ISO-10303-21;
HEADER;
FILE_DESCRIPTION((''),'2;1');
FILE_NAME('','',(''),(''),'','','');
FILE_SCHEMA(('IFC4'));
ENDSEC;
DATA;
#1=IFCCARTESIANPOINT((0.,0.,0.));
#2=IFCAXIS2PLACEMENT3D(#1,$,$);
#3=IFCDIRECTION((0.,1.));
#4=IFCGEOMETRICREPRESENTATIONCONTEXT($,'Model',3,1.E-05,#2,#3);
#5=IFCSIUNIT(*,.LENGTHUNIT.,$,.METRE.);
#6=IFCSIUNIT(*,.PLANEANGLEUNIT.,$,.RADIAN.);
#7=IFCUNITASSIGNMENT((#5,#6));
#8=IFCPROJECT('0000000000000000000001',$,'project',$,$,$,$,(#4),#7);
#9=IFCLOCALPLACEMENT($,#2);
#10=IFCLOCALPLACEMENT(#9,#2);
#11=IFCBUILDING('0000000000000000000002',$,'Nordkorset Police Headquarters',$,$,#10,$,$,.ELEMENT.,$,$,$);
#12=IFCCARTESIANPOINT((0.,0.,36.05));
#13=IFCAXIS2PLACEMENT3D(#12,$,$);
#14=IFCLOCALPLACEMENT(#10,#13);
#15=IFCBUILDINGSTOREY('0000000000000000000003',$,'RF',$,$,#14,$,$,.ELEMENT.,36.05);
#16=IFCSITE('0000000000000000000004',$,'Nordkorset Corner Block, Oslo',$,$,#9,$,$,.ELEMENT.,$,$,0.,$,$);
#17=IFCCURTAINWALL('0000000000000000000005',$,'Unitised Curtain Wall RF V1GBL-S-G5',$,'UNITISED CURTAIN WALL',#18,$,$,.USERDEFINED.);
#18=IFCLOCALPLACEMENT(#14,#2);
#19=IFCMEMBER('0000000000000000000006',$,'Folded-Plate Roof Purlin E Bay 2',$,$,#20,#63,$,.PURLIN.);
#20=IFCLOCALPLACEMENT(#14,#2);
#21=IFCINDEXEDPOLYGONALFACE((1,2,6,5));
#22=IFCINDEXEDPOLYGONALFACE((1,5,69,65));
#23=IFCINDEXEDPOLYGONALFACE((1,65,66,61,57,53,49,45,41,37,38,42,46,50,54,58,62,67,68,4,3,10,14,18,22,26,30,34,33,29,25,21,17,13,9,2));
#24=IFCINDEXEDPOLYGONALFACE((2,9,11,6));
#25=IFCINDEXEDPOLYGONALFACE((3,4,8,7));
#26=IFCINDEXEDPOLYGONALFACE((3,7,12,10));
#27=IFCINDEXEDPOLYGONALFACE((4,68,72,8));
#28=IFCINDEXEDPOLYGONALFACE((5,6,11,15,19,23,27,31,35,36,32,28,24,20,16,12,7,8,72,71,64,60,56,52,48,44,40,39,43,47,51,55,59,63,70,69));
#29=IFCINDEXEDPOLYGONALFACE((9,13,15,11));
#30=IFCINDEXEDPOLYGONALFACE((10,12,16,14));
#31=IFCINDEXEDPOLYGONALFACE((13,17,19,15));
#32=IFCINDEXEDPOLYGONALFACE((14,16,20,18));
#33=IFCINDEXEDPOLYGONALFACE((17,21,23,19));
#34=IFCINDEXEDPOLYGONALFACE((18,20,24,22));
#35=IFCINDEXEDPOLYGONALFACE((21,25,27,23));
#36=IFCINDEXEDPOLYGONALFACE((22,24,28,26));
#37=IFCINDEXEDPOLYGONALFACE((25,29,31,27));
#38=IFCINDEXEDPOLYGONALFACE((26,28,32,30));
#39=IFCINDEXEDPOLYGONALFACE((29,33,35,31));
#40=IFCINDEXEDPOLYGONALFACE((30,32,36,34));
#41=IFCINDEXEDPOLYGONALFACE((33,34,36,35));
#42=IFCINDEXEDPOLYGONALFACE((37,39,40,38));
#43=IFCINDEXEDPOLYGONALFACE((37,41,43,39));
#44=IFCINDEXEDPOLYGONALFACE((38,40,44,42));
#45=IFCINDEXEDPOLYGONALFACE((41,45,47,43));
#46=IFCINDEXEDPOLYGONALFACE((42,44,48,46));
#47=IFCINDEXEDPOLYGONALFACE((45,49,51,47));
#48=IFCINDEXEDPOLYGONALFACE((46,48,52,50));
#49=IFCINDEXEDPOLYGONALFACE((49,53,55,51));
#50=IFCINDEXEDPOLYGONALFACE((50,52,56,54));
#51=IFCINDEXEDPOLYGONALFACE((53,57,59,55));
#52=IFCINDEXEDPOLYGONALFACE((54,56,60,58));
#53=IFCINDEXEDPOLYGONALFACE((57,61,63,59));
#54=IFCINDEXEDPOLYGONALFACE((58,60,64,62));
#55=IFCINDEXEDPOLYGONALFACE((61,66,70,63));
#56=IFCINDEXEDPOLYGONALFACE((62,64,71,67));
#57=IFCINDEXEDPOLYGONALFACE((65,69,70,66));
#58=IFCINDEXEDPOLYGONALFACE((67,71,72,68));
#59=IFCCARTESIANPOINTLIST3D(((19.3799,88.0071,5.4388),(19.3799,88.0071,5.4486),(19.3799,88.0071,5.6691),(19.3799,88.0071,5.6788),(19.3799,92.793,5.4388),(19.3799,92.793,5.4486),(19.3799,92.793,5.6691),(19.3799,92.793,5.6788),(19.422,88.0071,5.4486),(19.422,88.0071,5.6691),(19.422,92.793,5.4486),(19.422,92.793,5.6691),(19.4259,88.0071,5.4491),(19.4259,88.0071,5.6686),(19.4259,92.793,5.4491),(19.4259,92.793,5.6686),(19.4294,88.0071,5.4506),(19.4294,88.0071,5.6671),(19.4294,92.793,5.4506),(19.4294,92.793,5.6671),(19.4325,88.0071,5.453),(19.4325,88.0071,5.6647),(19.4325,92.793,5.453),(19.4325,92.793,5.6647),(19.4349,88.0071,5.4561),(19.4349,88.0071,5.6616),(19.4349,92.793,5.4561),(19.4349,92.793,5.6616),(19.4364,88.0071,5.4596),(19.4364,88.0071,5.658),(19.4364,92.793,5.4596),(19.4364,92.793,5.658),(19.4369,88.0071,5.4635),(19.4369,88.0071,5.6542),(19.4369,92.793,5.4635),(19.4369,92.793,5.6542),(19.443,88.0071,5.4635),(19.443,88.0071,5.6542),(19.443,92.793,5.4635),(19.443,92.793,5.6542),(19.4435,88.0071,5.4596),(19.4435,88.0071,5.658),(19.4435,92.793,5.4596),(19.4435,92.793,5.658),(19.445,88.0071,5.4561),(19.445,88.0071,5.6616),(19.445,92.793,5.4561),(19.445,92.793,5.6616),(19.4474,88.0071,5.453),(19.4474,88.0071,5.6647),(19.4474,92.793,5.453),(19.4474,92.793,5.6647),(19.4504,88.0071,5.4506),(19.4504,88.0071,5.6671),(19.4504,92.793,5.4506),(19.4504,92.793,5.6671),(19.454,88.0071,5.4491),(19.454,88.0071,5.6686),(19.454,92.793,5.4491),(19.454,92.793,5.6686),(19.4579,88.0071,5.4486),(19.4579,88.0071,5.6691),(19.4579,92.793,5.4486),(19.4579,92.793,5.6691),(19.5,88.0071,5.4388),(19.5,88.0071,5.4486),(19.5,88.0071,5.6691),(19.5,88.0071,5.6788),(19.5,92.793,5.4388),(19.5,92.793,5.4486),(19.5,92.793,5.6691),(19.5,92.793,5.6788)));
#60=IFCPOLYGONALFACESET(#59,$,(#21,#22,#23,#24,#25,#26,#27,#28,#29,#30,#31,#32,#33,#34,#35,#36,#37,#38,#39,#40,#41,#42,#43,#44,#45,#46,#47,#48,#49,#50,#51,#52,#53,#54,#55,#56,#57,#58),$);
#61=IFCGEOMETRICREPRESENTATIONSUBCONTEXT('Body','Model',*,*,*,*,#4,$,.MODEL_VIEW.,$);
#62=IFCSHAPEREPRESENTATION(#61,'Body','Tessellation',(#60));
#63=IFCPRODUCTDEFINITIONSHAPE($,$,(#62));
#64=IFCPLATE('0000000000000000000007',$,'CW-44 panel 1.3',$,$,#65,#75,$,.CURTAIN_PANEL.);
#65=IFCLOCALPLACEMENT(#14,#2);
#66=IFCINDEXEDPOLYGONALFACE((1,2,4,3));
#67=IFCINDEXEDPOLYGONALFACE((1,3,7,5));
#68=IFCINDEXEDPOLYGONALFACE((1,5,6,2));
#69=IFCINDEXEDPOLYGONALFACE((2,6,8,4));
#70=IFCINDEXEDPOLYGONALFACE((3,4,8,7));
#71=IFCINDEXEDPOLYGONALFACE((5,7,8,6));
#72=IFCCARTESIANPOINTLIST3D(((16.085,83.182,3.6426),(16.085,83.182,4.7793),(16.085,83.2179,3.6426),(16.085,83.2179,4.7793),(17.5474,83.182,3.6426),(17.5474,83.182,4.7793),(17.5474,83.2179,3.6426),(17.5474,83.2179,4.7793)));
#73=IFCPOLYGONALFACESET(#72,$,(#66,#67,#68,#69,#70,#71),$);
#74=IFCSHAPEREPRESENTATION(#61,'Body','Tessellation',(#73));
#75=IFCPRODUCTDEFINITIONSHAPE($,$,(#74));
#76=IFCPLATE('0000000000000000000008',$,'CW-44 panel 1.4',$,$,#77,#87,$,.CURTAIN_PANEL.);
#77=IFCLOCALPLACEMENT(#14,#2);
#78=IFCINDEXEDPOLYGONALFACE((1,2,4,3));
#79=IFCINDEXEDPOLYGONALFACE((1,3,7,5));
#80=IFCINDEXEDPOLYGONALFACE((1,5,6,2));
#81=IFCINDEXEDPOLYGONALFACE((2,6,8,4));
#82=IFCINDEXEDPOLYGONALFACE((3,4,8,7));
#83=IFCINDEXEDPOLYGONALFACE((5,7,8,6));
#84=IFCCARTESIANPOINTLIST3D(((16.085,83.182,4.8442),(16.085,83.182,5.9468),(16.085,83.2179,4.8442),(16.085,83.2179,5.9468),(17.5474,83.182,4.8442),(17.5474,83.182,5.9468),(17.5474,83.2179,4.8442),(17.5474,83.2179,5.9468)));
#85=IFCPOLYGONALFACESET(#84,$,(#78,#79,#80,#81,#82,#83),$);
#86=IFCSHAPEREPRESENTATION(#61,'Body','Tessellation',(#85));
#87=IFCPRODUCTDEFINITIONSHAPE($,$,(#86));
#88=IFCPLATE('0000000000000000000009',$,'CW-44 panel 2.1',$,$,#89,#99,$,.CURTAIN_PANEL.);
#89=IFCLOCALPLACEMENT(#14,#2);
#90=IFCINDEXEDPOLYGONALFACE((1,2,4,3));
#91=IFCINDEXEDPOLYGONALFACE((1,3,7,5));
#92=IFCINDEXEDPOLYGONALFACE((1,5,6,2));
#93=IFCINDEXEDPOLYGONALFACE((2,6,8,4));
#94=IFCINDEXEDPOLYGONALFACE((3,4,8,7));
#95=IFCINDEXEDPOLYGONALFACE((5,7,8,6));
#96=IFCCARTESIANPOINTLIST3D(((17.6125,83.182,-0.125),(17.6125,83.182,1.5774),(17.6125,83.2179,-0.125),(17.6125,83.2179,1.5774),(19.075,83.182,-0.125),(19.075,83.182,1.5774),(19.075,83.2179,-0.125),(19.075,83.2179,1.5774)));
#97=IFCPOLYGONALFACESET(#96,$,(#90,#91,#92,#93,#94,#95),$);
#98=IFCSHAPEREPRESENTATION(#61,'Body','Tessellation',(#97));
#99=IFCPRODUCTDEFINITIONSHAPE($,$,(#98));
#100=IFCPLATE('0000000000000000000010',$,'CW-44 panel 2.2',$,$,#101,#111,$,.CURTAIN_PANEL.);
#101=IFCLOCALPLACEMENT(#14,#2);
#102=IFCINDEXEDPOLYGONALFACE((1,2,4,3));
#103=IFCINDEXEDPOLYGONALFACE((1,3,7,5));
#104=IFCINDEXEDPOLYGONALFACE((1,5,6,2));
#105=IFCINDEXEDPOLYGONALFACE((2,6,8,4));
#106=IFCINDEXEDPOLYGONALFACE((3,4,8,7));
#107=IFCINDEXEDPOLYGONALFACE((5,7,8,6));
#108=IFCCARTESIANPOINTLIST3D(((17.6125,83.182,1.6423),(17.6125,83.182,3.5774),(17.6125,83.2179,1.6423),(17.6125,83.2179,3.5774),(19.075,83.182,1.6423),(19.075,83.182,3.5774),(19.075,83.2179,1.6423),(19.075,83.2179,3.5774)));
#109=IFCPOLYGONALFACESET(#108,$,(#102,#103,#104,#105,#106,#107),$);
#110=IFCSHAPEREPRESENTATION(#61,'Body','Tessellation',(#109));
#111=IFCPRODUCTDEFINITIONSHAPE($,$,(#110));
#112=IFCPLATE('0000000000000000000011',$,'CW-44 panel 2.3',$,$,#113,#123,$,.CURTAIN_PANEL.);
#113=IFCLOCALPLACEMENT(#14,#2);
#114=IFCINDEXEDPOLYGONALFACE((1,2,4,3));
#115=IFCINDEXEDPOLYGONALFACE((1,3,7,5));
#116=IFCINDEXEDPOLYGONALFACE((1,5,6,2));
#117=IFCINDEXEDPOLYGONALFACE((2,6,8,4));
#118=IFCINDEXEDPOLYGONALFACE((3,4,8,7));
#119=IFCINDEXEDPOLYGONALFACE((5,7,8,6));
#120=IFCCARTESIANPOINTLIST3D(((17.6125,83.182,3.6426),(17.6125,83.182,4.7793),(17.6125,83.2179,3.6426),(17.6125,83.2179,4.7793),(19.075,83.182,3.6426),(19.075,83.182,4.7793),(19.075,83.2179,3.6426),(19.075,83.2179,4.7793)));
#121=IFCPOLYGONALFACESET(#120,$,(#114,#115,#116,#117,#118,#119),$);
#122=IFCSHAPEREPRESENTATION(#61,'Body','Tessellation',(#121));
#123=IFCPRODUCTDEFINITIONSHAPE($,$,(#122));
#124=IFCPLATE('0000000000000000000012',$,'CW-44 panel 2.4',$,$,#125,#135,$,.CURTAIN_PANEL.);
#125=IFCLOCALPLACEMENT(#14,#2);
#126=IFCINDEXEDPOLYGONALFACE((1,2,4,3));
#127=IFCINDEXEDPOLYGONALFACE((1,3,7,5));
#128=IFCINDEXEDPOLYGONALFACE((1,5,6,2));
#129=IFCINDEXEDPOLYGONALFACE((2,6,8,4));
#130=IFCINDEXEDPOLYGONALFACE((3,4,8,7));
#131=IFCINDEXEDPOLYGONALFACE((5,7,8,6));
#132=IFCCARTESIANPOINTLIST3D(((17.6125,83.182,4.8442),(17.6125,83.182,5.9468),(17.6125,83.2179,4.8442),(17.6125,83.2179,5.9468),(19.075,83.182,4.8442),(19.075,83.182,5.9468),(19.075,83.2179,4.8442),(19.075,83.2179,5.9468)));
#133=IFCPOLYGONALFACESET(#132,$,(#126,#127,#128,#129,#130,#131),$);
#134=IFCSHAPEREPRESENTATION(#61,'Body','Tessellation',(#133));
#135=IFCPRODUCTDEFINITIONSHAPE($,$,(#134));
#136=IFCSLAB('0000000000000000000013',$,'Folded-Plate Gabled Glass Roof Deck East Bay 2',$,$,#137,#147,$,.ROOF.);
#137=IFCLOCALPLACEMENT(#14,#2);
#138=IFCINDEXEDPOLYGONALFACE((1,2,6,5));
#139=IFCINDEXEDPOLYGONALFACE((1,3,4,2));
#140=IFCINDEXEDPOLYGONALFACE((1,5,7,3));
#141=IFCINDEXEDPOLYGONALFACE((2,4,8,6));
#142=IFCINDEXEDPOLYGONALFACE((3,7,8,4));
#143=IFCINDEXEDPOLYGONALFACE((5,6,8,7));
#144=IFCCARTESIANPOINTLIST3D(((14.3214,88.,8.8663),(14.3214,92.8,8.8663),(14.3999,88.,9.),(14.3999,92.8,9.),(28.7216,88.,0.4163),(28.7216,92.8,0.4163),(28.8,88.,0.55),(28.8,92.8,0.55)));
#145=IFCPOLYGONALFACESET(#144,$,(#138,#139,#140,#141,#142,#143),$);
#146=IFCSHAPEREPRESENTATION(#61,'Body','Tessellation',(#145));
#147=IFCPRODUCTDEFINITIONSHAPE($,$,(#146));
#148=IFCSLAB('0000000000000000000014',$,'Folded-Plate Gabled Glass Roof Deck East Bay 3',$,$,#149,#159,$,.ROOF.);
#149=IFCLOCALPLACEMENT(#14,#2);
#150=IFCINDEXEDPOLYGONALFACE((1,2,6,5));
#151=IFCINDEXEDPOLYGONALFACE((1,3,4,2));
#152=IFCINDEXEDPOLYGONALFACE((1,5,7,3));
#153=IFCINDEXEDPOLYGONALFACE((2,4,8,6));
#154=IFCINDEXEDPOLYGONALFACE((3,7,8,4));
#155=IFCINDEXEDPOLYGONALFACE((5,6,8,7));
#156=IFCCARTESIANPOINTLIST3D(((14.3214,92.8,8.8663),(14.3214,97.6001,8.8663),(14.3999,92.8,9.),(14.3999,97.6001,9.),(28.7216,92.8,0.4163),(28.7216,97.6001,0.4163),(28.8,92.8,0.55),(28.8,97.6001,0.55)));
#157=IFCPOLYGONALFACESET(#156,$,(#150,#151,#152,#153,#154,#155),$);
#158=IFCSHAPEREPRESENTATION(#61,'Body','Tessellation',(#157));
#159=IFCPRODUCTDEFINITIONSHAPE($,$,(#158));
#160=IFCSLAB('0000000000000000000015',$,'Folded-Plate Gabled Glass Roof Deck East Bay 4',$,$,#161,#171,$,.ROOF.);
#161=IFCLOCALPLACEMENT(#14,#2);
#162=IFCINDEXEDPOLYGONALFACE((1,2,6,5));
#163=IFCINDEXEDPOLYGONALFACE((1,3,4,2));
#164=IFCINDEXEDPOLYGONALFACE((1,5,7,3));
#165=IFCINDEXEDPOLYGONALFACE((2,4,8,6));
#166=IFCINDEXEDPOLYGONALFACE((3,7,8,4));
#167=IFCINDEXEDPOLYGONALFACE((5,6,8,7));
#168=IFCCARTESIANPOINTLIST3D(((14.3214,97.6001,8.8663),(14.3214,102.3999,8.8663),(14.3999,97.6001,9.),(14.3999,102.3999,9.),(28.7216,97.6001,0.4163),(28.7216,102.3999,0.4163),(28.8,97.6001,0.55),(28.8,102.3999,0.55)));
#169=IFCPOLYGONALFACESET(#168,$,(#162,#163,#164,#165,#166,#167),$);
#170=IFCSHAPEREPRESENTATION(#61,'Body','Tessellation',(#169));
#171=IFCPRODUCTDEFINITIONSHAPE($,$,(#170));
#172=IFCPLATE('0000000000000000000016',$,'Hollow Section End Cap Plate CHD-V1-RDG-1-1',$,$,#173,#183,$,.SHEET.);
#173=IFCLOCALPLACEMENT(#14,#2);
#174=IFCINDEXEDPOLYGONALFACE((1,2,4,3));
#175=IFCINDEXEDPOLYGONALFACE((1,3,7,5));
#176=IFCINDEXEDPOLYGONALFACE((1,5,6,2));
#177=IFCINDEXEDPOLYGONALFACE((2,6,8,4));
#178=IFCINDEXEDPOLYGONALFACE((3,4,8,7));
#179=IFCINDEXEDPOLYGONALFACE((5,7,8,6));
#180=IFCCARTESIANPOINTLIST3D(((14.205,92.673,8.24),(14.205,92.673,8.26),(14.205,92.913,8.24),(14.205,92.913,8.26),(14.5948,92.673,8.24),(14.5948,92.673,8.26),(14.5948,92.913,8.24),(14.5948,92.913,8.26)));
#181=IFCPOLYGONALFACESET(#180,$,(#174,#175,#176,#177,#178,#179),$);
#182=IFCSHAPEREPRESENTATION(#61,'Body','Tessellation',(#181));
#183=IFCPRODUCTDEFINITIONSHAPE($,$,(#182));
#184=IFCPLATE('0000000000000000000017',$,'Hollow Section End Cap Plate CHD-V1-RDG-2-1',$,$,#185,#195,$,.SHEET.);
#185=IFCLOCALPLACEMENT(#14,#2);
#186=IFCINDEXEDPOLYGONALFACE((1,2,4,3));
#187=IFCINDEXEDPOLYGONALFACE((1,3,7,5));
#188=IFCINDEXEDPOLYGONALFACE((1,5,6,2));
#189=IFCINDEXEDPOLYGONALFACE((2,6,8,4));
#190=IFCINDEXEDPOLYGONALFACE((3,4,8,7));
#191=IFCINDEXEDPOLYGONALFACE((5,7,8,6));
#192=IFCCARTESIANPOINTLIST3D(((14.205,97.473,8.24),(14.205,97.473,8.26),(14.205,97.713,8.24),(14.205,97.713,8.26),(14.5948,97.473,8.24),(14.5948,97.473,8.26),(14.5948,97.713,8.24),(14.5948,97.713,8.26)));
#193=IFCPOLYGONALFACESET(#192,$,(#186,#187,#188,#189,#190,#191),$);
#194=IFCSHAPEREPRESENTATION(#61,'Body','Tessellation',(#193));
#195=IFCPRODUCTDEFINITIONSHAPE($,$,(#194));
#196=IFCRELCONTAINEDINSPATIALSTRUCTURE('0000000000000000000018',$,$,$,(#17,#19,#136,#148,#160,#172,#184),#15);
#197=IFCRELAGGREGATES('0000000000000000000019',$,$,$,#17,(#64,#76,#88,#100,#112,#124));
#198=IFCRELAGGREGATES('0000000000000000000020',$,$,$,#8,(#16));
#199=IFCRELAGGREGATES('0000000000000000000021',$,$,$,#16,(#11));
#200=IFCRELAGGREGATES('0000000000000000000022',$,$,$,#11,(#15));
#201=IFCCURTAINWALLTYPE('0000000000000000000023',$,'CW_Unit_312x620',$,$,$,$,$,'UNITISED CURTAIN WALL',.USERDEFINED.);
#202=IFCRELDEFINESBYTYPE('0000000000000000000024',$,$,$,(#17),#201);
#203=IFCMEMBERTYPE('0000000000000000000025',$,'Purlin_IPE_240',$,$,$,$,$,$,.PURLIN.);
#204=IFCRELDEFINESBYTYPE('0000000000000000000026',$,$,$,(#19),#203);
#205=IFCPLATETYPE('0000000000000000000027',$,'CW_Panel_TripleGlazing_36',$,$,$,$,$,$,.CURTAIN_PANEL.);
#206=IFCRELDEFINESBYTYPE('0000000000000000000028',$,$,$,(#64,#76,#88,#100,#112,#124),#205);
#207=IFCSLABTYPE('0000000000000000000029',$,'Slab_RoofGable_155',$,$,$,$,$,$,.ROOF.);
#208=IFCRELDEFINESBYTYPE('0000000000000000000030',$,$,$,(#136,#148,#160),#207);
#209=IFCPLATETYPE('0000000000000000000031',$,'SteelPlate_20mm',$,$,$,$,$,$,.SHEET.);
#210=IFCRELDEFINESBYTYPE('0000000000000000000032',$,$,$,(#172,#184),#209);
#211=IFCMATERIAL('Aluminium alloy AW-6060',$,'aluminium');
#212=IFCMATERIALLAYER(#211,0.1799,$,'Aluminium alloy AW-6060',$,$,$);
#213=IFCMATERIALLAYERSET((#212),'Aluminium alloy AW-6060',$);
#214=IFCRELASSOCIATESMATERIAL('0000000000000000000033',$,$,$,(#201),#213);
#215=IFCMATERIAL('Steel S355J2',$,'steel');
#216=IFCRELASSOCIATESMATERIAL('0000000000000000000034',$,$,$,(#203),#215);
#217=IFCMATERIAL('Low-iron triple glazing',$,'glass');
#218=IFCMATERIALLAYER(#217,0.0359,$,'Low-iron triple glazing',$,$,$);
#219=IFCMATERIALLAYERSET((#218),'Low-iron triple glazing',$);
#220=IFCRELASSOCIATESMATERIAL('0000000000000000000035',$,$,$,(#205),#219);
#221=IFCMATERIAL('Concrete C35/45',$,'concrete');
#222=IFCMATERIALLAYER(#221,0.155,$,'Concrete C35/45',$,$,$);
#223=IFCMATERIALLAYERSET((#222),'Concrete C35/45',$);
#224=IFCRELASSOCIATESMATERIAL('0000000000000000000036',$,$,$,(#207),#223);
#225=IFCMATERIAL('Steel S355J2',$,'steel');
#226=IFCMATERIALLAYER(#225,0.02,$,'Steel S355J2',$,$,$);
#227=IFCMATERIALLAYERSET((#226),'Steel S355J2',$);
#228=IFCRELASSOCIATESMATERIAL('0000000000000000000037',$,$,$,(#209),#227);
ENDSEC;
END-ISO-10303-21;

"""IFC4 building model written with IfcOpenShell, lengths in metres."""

from ifc_helpers import new_model, si_unit, direction, frame, origin, origin_2d, place, context, subcontext, project, spatial, polyline, rectangle, i_section, outline, extrude, material, layer, layer_set, material_profile, profile_set, type_object, element, aggregate, save


model = new_model("IFC4")

# Units and contexts
model_context = context("Model", 3, precision=1e-05, world=origin(), true_north=direction((0.0, 1.0)))
body_context = subcontext(model_context, "Body", "Model", "MODEL_VIEW")
ifc_project = project(units=[si_unit("LENGTHUNIT", "METRE"), si_unit("PLANEANGLEUNIT", "RADIAN")], contexts=[model_context])

# Site, building, storey
site_placement = place(None, origin())
site = spatial("IfcSite", under=ifc_project, at=site_placement, Name="Nordkorset Corner Block, Oslo", CompositionType="ELEMENT", RefElevation=0.0)
building_placement = place(site_placement, origin())
building = spatial("IfcBuilding", under=site, at=building_placement, Name="Nordkorset Police Headquarters", CompositionType="ELEMENT")
storey_placement = place(building_placement, frame((0.0, 0.0, 36.05)))
storey = spatial("IfcBuildingStorey", under=building, at=storey_placement, Name="RF", CompositionType="ELEMENT", Elevation=36.05)

# Curtain wall
ifc_material_1 = material(Name="Aluminium alloy AW-6060", Category="aluminium")
ifc_layer_1 = layer(ifc_material_1, 0.1799, Name="Aluminium alloy AW-6060")
ifc_layer_set_1 = layer_set([ifc_layer_1], Name="Aluminium alloy AW-6060")
curtain_wall_type_1 = type_object("IfcCurtainWallType", Name="CW_Unit_312x620", ElementType="UNITISED CURTAIN WALL", PredefinedType="USERDEFINED", material=ifc_layer_set_1)
curtain_wall_1_placement = place(storey_placement, origin())
curtain_wall_1 = element("IfcCurtainWall", 1, at=curtain_wall_1_placement, inside=storey, type_object=curtain_wall_type_1, Name="Unitised Curtain Wall RF V1GBL-S-G5", ObjectType="UNITISED CURTAIN WALL", PredefinedType="USERDEFINED")

# Member
ifc_material_2 = material(Name="Steel S355J2", Category="steel")
ifc_material_profile_1 = material_profile(ifc_material_2, i_section(OverallWidth=0.1201, OverallDepth=0.24, WebThickness=0.0061, FlangeThickness=0.0098, FilletRadius=0.0149, at=origin_2d()), Name="IPE 240")
ifc_profile_set_1 = profile_set([ifc_material_profile_1], Name="Steel S355J2")
member_type_1 = type_object("IfcMemberType", Name="Purlin_IPE_240", PredefinedType="PURLIN", material=ifc_profile_set_1)
for number, where, z_axis, x_axis, name in (
    (2, (19.4399, 88.0071, 5.5588), (0.0, 1.0, 0.0), (-1.0, 0.0, 0.0), "Folded-Plate Roof Purlin E Bay 2"),
):
    element("IfcMember", number, at=place(storey_placement, frame(where, z_axis=z_axis, x_axis=x_axis)), inside=storey, type_object=member_type_1, Name=name, PredefinedType="PURLIN", context=body_context, shape_type="SweptSolid", body=[
        extrude(i_section(OverallWidth=0.1201, OverallDepth=0.24, WebThickness=0.0061, FlangeThickness=0.0098, FilletRadius=0.0149, at=origin_2d()), origin(), (0.0, 0.0, 1.0), 4.7859),
    ])

# Plates
ifc_material_3 = material(Name="Low-iron triple glazing", Category="glass")
ifc_layer_2 = layer(ifc_material_3, 0.0359, Name="Low-iron triple glazing")
ifc_layer_set_2 = layer_set([ifc_layer_2], Name="Low-iron triple glazing")
plate_type_1 = type_object("IfcPlateType", Name="CW_Panel_TripleGlazing_36", PredefinedType="CURTAIN_PANEL", material=ifc_layer_set_2)
plate_1_placement = place(storey_placement, frame((16.8162, 83.2, 3.6426), z_axis=(0.0, 0.0, 1.0), x_axis=(1.0, 0.0, 0.0)))
plate_1 = element("IfcPlate", 3, at=plate_1_placement, type_object=plate_type_1, Name="CW-44 panel 1.3", PredefinedType="CURTAIN_PANEL", context=body_context, shape_type="SweptSolid", body=[
    extrude(rectangle(XDim=1.4624, YDim=0.0359, at=origin_2d()), origin(), (0.0, 0.0, 1.0), 1.1367),
])
plate_2_placement = place(storey_placement, frame((16.8162, 83.2, 4.8442), z_axis=(0.0, 0.0, 1.0), x_axis=(1.0, 0.0, 0.0)))
plate_2 = element("IfcPlate", 4, at=plate_2_placement, type_object=plate_type_1, Name="CW-44 panel 1.4", PredefinedType="CURTAIN_PANEL", context=body_context, shape_type="SweptSolid", body=[
    extrude(rectangle(XDim=1.4624, YDim=0.0359, at=origin_2d()), origin(), (0.0, 0.0, 1.0), 1.1025),
])
plate_3_placement = place(storey_placement, frame((18.3438, 83.2, -0.125), z_axis=(0.0, 0.0, 1.0), x_axis=(1.0, 0.0, 0.0)))
plate_3 = element("IfcPlate", 5, at=plate_3_placement, type_object=plate_type_1, Name="CW-44 panel 2.1", PredefinedType="CURTAIN_PANEL", context=body_context, shape_type="SweptSolid", body=[
    extrude(rectangle(XDim=1.4624, YDim=0.0359, at=origin_2d()), origin(), (0.0, 0.0, 1.0), 1.7024),
])
plate_4_placement = place(storey_placement, frame((18.3438, 83.2, 1.6423), z_axis=(0.0, 0.0, 1.0), x_axis=(1.0, 0.0, 0.0)))
plate_4 = element("IfcPlate", 6, at=plate_4_placement, type_object=plate_type_1, Name="CW-44 panel 2.2", PredefinedType="CURTAIN_PANEL", context=body_context, shape_type="SweptSolid", body=[
    extrude(rectangle(XDim=1.4624, YDim=0.0359, at=origin_2d()), origin(), (0.0, 0.0, 1.0), 1.9351),
])
plate_5_placement = place(storey_placement, frame((18.3438, 83.2, 3.6426), z_axis=(0.0, 0.0, 1.0), x_axis=(1.0, 0.0, 0.0)))
plate_5 = element("IfcPlate", 7, at=plate_5_placement, type_object=plate_type_1, Name="CW-44 panel 2.3", PredefinedType="CURTAIN_PANEL", context=body_context, shape_type="SweptSolid", body=[
    extrude(rectangle(XDim=1.4624, YDim=0.0359, at=origin_2d()), origin(), (0.0, 0.0, 1.0), 1.1367),
])
plate_6_placement = place(storey_placement, frame((18.3438, 83.2, 4.8442), z_axis=(0.0, 0.0, 1.0), x_axis=(1.0, 0.0, 0.0)))
plate_6 = element("IfcPlate", 8, at=plate_6_placement, type_object=plate_type_1, Name="CW-44 panel 2.4", PredefinedType="CURTAIN_PANEL", context=body_context, shape_type="SweptSolid", body=[
    extrude(rectangle(XDim=1.4624, YDim=0.0359, at=origin_2d()), origin(), (0.0, 0.0, 1.0), 1.1025),
])
aggregate(curtain_wall_1, [plate_1, plate_2, plate_3, plate_4, plate_5, plate_6])

# Slabs
ifc_material_4 = material(Name="Concrete C35/45", Category="concrete")
ifc_layer_3 = layer(ifc_material_4, 0.155, Name="Concrete C35/45")
ifc_layer_set_3 = layer_set([ifc_layer_3], Name="Concrete C35/45")
slab_type = type_object("IfcSlabType", Name="Slab_RoofGable_155", PredefinedType="ROOF", material=ifc_layer_set_3)
for number, where, z_axis, x_axis, name in (
    (9, (14.3999, 88.0, 9.0), (0.506098, 0.0, 0.862476), (0.862476, 0.0, -0.506098), "Folded-Plate Gabled Glass Roof Deck East Bay 2"),
    (10, (14.3999, 92.8, 9.0), (0.506098, 0.0, 0.862476), (0.862476, 0.0, -0.506098), "Folded-Plate Gabled Glass Roof Deck East Bay 3"),
):
    element("IfcSlab", number, at=place(storey_placement, frame(where, z_axis=z_axis, x_axis=x_axis)), inside=storey, type_object=slab_type, Name=name, PredefinedType="ROOF", context=body_context, shape_type="SweptSolid", body=[
        extrude(outline(polyline([(0.0, 0.0), (16.6963, 0.0), (16.6963, 4.8), (0.0, 4.8), (0.0, 0.0)])), origin(), (0.0, 0.0, -1.0), 0.155),
    ])
slab_placement = place(storey_placement, frame((14.3999, 97.6001, 9.0), z_axis=(0.506098, 0.0, 0.862476), x_axis=(0.862476, 0.0, -0.506098)))
element("IfcSlab", 11, at=slab_placement, inside=storey, type_object=slab_type, Name="Folded-Plate Gabled Glass Roof Deck East Bay 4", PredefinedType="ROOF", context=body_context, shape_type="SweptSolid", body=[
    extrude(outline(polyline([(0.0, 0.0), (16.6963, 0.0), (16.6963, 4.7998), (0.0, 4.7998), (0.0, 0.0)])), origin(), (0.0, 0.0, -1.0), 0.155),
])

# Plates
ifc_material_5 = material(Name="Steel S355J2", Category="steel")
ifc_layer_4 = layer(ifc_material_5, 0.02, Name="Steel S355J2")
ifc_layer_set_4 = layer_set([ifc_layer_4], Name="Steel S355J2")
plate_type_2 = type_object("IfcPlateType", Name="SteelPlate_20mm", PredefinedType="SHEET", material=ifc_layer_set_4)
for number, where, z_axis, x_axis, name in (
    (12, (14.3999, 92.793, 8.24), (0.0, 0.0, 1.0), (1.0, 0.0, 0.0), "Hollow Section End Cap Plate CHD-V1-RDG-1-1"),
    (13, (14.3999, 97.593, 8.24), (0.0, 0.0, 1.0), (1.0, 0.0, 0.0), "Hollow Section End Cap Plate CHD-V1-RDG-2-1"),
):
    element("IfcPlate", number, at=place(storey_placement, frame(where, z_axis=z_axis, x_axis=x_axis)), inside=storey, type_object=plate_type_2, Name=name, PredefinedType="SHEET", context=body_context, shape_type="SweptSolid", body=[
        extrude(rectangle(XDim=0.3899, YDim=0.24, at=origin_2d()), origin(), (0.0, 0.0, 1.0), 0.02),
    ])

save(model, "model.ifc")
